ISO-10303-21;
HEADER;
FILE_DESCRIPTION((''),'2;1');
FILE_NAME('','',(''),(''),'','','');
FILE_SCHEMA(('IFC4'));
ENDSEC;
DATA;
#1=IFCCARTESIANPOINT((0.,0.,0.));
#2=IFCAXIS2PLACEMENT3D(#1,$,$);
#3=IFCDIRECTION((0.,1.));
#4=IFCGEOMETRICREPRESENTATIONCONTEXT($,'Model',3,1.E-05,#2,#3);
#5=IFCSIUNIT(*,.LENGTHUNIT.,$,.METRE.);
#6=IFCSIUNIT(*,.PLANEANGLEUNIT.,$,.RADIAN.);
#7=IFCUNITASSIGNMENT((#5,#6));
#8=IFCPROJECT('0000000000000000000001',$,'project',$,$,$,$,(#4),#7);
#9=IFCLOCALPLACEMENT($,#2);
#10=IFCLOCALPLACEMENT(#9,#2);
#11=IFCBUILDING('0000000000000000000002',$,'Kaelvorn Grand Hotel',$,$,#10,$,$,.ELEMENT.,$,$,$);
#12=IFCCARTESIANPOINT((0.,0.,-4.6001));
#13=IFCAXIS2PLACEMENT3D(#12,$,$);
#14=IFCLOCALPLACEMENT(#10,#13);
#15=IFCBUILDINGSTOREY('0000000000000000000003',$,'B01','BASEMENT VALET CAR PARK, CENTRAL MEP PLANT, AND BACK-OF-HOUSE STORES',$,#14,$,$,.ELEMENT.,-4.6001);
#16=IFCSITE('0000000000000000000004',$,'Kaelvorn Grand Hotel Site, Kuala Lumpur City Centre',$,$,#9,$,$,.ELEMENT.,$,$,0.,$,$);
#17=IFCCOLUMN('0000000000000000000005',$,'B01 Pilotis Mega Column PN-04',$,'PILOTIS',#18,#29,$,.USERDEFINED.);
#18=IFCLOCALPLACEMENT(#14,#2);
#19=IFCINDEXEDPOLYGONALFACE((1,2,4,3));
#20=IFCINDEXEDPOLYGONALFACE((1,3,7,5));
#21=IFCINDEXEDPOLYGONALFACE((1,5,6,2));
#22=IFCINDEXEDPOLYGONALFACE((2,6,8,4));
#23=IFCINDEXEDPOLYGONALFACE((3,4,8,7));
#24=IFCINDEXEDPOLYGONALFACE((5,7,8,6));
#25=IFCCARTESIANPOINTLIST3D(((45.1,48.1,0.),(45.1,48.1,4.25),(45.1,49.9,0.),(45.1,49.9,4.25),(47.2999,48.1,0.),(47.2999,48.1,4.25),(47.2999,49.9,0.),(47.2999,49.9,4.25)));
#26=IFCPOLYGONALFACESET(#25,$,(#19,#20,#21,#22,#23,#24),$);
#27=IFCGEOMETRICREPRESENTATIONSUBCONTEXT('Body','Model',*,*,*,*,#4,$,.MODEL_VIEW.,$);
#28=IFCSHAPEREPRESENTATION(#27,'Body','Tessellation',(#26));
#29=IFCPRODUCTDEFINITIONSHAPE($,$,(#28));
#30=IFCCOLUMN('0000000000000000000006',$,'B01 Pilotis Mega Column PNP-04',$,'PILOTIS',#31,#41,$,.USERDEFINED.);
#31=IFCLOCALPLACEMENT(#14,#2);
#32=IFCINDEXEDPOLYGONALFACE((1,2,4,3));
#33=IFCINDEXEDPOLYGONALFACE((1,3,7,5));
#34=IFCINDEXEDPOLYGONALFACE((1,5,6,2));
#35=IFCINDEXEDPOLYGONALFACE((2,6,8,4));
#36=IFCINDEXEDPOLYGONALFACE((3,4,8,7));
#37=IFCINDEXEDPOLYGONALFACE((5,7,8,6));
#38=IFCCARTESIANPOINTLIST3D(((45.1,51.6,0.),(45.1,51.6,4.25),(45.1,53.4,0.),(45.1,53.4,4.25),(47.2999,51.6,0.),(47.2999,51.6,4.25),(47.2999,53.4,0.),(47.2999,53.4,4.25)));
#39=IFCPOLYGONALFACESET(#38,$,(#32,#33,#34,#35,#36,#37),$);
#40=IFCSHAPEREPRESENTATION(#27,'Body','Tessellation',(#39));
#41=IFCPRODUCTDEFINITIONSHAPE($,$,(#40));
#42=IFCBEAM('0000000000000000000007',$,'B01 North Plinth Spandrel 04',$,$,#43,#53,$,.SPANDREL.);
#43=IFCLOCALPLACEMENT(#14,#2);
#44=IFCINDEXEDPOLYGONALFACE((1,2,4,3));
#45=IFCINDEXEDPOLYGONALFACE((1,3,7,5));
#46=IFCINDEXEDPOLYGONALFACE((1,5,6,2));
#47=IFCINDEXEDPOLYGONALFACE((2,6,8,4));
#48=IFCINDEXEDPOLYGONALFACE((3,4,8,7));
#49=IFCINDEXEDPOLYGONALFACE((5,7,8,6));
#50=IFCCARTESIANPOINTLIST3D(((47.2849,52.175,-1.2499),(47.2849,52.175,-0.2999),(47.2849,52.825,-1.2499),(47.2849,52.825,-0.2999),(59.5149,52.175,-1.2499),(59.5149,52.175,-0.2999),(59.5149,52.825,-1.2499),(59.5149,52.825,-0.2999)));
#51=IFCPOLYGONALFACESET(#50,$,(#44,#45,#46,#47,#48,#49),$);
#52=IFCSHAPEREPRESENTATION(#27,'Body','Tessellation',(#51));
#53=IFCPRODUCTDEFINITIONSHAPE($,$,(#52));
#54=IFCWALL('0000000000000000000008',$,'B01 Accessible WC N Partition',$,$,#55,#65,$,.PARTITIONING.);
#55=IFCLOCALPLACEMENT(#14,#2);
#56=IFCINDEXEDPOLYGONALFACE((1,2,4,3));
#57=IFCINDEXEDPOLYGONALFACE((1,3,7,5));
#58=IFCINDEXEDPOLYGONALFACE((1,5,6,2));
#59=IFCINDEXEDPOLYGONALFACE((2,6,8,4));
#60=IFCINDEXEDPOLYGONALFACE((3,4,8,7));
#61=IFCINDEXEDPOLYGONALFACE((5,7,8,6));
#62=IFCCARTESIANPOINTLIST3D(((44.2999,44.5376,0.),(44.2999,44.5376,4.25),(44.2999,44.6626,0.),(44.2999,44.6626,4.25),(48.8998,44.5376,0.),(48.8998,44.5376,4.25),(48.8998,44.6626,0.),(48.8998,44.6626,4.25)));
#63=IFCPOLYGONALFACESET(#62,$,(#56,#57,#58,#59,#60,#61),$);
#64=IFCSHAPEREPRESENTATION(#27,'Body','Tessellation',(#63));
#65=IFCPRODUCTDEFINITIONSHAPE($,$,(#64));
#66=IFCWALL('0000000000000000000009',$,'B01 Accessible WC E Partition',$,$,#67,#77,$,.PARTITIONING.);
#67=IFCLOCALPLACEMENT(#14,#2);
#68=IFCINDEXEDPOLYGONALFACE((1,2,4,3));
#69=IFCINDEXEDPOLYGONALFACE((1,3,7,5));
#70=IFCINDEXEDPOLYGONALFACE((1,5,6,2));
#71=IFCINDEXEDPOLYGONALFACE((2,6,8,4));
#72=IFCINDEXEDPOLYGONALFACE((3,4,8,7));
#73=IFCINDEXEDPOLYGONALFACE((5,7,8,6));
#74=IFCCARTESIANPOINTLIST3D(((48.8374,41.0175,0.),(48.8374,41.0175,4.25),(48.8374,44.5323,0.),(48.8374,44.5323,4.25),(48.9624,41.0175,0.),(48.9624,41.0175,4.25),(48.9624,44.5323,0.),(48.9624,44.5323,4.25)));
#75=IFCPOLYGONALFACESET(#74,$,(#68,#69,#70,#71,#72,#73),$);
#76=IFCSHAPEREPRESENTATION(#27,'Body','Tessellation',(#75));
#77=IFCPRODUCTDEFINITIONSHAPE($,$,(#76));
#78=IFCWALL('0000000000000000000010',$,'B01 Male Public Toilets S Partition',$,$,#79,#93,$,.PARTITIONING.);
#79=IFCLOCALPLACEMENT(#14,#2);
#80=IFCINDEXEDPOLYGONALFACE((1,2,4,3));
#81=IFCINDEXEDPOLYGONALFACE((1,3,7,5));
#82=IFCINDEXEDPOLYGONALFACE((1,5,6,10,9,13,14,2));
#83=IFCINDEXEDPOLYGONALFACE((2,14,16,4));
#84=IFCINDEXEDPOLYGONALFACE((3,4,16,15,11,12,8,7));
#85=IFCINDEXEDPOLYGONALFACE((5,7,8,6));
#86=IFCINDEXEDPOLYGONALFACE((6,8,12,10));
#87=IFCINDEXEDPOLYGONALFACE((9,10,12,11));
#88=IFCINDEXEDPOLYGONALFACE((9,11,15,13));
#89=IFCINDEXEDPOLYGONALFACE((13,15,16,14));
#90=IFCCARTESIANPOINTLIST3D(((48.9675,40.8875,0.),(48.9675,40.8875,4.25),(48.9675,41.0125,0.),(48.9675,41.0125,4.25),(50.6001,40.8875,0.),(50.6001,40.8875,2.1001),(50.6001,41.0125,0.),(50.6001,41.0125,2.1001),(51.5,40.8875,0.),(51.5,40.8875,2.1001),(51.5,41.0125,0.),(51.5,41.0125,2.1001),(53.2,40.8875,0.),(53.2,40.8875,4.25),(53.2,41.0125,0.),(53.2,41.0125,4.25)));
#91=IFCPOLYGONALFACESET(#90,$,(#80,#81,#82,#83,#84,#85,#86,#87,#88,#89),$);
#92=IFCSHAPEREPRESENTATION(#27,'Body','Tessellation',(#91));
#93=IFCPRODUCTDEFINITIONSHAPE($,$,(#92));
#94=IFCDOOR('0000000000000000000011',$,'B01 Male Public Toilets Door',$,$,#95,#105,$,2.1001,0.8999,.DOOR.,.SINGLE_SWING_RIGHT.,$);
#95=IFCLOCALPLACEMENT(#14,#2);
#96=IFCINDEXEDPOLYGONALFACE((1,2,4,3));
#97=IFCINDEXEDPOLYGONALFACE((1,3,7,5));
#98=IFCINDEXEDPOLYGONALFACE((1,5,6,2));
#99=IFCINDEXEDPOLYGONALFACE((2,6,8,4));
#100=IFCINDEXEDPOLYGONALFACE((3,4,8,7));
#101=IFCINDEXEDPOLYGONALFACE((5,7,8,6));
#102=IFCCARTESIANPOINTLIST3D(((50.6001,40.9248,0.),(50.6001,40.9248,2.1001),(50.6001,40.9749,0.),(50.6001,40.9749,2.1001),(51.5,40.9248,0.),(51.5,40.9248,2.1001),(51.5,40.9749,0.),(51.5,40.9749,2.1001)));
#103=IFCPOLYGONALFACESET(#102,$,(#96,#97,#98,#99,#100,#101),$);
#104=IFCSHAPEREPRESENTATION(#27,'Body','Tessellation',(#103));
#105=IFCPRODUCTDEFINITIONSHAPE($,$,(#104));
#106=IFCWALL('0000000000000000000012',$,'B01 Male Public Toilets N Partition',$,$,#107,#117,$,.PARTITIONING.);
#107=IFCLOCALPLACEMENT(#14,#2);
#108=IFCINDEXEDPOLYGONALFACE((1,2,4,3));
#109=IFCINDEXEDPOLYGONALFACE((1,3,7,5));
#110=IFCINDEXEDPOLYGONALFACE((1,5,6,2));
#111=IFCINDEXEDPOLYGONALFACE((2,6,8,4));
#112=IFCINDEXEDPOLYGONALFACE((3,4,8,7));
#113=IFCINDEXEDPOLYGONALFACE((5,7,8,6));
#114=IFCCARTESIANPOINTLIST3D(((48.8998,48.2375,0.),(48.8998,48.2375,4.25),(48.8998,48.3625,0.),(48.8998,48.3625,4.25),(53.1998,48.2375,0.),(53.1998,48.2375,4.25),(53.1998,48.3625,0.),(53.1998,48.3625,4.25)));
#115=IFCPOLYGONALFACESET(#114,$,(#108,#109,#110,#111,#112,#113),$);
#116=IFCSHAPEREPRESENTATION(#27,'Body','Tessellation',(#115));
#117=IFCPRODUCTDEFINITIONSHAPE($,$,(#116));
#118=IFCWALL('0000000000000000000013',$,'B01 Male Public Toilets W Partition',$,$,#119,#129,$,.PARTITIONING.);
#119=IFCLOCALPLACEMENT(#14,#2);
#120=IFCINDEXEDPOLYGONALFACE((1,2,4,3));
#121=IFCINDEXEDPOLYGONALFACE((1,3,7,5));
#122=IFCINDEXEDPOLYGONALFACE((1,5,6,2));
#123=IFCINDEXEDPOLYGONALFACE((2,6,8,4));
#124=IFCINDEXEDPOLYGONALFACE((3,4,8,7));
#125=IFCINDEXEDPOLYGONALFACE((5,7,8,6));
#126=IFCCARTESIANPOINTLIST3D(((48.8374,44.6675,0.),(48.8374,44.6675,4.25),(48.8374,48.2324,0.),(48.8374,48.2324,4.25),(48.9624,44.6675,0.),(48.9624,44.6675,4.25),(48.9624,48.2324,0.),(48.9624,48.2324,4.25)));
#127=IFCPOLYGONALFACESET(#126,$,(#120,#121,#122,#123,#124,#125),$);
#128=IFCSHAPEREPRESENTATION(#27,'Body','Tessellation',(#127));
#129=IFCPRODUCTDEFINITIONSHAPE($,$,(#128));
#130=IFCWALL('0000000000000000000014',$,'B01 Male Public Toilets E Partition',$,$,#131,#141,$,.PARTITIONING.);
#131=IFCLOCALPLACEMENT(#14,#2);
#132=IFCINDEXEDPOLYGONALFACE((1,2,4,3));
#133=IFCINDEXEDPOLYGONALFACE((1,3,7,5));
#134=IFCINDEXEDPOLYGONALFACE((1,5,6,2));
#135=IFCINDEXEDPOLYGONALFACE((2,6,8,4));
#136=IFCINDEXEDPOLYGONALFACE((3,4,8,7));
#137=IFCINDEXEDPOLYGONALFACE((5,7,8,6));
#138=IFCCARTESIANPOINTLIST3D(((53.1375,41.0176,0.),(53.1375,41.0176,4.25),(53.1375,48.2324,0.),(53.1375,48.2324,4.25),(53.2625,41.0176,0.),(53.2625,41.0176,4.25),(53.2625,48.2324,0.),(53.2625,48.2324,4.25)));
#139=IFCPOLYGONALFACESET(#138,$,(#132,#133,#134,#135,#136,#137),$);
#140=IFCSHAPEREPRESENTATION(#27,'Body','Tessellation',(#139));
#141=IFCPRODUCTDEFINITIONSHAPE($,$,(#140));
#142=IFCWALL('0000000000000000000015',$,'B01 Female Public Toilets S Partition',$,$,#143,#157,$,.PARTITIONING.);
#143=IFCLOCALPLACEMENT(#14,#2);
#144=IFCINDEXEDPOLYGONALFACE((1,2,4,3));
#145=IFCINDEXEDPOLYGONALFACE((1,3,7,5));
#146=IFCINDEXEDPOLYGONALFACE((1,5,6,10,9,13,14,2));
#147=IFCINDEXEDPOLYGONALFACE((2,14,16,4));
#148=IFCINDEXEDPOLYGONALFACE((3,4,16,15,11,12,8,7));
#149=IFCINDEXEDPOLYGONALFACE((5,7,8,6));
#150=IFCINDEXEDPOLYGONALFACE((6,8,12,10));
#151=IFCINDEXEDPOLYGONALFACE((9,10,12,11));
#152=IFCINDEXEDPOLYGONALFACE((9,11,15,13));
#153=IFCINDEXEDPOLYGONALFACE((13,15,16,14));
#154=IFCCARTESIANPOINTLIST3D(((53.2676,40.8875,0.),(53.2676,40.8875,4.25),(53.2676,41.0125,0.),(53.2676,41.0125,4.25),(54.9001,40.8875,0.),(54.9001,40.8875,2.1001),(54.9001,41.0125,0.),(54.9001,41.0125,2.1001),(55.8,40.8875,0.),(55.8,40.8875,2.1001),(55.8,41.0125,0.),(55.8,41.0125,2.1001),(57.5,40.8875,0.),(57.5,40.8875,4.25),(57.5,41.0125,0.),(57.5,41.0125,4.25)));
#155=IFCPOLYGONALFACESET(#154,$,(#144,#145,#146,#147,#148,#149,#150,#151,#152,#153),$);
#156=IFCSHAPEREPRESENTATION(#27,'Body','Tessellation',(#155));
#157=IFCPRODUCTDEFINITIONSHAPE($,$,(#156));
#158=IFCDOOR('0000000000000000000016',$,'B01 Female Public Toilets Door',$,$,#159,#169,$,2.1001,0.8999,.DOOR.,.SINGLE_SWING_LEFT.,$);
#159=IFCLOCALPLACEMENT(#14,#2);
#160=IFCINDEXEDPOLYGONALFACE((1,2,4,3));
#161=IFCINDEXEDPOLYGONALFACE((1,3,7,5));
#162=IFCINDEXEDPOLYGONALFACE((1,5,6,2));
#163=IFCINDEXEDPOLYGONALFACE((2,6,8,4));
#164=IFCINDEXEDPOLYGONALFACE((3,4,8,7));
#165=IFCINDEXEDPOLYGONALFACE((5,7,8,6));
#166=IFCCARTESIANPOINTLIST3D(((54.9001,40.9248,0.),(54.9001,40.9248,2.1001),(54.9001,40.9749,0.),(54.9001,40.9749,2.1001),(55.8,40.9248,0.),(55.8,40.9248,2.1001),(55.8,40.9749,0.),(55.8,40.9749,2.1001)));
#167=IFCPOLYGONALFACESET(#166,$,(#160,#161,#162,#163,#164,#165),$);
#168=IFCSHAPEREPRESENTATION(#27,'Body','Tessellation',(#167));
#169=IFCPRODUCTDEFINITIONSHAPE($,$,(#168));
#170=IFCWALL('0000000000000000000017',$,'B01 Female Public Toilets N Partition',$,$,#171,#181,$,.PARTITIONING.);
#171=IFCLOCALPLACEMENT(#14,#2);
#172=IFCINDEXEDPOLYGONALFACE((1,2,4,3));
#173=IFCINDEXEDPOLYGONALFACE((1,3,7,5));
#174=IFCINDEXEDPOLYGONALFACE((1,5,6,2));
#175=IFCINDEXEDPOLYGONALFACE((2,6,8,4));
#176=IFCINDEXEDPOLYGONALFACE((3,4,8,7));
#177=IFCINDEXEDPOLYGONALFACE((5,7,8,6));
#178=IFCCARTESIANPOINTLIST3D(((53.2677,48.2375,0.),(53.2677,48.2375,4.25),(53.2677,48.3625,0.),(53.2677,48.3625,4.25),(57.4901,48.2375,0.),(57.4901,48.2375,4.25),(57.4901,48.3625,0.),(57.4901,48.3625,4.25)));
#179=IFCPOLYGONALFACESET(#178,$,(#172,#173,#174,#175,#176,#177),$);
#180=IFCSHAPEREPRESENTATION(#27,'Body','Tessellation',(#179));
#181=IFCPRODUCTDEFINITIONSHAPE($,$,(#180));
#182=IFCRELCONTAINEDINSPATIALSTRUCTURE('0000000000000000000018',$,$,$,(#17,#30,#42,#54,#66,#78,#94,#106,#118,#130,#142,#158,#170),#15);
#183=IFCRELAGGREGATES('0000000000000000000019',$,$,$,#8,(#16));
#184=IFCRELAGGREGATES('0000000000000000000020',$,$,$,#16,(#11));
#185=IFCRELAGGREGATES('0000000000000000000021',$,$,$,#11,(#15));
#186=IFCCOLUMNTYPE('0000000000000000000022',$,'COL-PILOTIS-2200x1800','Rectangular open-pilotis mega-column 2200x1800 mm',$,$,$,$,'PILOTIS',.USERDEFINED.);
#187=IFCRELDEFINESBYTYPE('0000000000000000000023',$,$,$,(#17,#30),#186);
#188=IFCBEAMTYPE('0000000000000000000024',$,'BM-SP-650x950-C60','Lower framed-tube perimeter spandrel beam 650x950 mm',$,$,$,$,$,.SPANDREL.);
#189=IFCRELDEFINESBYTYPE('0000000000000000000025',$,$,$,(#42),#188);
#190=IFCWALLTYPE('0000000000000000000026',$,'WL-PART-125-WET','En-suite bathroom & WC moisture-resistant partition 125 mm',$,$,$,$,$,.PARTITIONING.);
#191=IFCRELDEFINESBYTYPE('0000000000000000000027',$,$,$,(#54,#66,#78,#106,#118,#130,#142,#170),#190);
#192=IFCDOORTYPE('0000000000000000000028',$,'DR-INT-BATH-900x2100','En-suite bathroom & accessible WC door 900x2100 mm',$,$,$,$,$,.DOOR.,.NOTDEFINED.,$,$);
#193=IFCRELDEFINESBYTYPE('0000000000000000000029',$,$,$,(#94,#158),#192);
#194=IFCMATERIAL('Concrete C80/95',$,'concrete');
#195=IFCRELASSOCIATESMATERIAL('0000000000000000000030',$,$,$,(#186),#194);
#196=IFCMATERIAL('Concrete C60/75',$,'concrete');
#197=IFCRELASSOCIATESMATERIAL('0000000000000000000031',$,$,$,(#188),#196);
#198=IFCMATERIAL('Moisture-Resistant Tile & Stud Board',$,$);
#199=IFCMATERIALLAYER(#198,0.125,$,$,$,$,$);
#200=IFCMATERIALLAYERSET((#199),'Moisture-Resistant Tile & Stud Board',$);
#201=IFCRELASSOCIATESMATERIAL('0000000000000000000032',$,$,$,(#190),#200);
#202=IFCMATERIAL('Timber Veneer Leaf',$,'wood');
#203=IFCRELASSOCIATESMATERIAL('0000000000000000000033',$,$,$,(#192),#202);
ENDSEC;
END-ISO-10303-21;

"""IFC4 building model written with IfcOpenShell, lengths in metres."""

from ifc_helpers import new_model, si_unit, direction, frame, frame_2d, origin, origin_2d, place, context, subcontext, project, spatial, rectangle, extrude, material, layer, layer_set, material_profile, profile_set, type_object, element, fill, save


model = new_model("IFC4")

# Units and contexts
model_context = context("Model", 3, precision=1e-05, world=origin(), true_north=direction((0.0, 1.0)))
body_context = subcontext(model_context, "Body", "Model", "MODEL_VIEW")
ifc_project = project(units=[si_unit("LENGTHUNIT", "METRE"), si_unit("PLANEANGLEUNIT", "RADIAN")], contexts=[model_context])

# Site, building, storey
site_placement = place(None, origin())
site = spatial("IfcSite", under=ifc_project, at=site_placement, Name="Kaelvorn Grand Hotel Site, Kuala Lumpur City Centre", CompositionType="ELEMENT", RefElevation=0.0)
building_placement = place(site_placement, origin())
building = spatial("IfcBuilding", under=site, at=building_placement, Name="Kaelvorn Grand Hotel", CompositionType="ELEMENT")
storey_placement = place(building_placement, frame((0.0, 0.0, -4.6001)))
storey = spatial("IfcBuildingStorey", under=building, at=storey_placement, Name="B01", Description="BASEMENT VALET CAR PARK, CENTRAL MEP PLANT, AND BACK-OF-HOUSE STORES", CompositionType="ELEMENT", Elevation=-4.6001)

# Columns
ifc_material_1 = material(Name="Concrete C80/95", Category="concrete")
ifc_material_profile_1 = material_profile(ifc_material_1, rectangle(XDim=2.2, YDim=1.8, at=origin_2d()), Name="PILOTIS 2200x1800")
ifc_profile_set_1 = profile_set([ifc_material_profile_1], Name="Concrete C80/95")
column_type = type_object("IfcColumnType", Name="COL-PILOTIS-2200x1800", Description="Rectangular open-pilotis mega-column 2200x1800 mm", ElementType="PILOTIS", PredefinedType="USERDEFINED", material=ifc_profile_set_1)
for number, where, z_axis, x_axis, name in (
    (1, (46.2, 49.0, 0.0), (0.0, 0.0, 1.0), (1.0, 0.0, 0.0), "B01 Pilotis Mega Column PN-04"),
    (2, (46.2, 52.5, 0.0), (0.0, 0.0, 1.0), (1.0, 0.0, 0.0), "B01 Pilotis Mega Column PNP-04"),
):
    element("IfcColumn", number, at=place(storey_placement, frame(where, z_axis=z_axis, x_axis=x_axis)), inside=storey, type_object=column_type, Name=name, ObjectType="PILOTIS", PredefinedType="USERDEFINED", context=body_context, shape_type="SweptSolid", body=[
        extrude(rectangle(XDim=2.2, YDim=1.8, at=origin_2d()), origin(), (0.0, 0.0, 1.0), 4.25),
    ])

# Beam
ifc_material_2 = material(Name="Concrete C60/75", Category="concrete")
ifc_material_profile_2 = material_profile(ifc_material_2, rectangle(XDim=0.6499, YDim=0.95, at=origin_2d()), Name="RC SPANDREL 650x950")
ifc_profile_set_2 = profile_set([ifc_material_profile_2], Name="Concrete C60/75")
beam_type = type_object("IfcBeamType", Name="BM-SP-650x950-C60", Description="Lower framed-tube perimeter spandrel beam 650x950 mm", PredefinedType="SPANDREL", material=ifc_profile_set_2)
beam_placement = place(storey_placement, frame((47.2849, 52.5, -0.7749), z_axis=(1.0, 0.0, 0.0), x_axis=(0.0, 1.0, 0.0)))
element("IfcBeam", 3, at=beam_placement, inside=storey, type_object=beam_type, Name="B01 North Plinth Spandrel 04", PredefinedType="SPANDREL", context=body_context, shape_type="SweptSolid", body=[
    extrude(rectangle(XDim=0.6499, YDim=0.95, at=origin_2d()), origin(), (0.0, 0.0, 1.0), 12.23),
])

# Walls
ifc_material_3 = material(Name="Moisture-Resistant Tile & Stud Board")
ifc_layer_1 = layer(ifc_material_3, 0.125)
ifc_layer_set_1 = layer_set([ifc_layer_1], Name="Moisture-Resistant Tile & Stud Board")
wall_type_1 = type_object("IfcWallType", Name="WL-PART-125-WET", Description="En-suite bathroom & WC moisture-resistant partition 125 mm", PredefinedType="PARTITIONING", material=ifc_layer_set_1)
wall_1_placement = place(storey_placement, frame((44.3, 44.6001, 0.0), z_axis=(0.0, 0.0, 1.0), x_axis=(1.0, 0.0, 0.0)))
element("IfcWall", 4, at=wall_1_placement, inside=storey, type_object=wall_type_1, Name="B01 Accessible WC N Partition", PredefinedType="PARTITIONING", context=body_context, shape_type="SweptSolid", body=[
    extrude(rectangle(XDim=4.5999, YDim=0.125, at=frame_2d((2.2998, 0.0))), origin(), (0.0, 0.0, 1.0), 4.25),
])
wall_2_placement = place(storey_placement, frame((48.8999, 41.0176, 0.0), z_axis=(0.0, 0.0, 1.0), x_axis=(0.0, 1.0, 0.0)))
element("IfcWall", 5, at=wall_2_placement, inside=storey, type_object=wall_type_1, Name="B01 Accessible WC E Partition", PredefinedType="PARTITIONING", context=body_context, shape_type="SweptSolid", body=[
    extrude(rectangle(XDim=3.5149, YDim=0.125, at=frame_2d((1.7573, 0.0))), origin(), (0.0, 0.0, 1.0), 4.25),
])

# Wall, opening, door
wall_3_placement = place(storey_placement, frame((48.9675, 40.95, 0.0), z_axis=(0.0, 0.0, 1.0), x_axis=(1.0, 0.0, 0.0)))
wall_3 = element("IfcWall", 6, at=wall_3_placement, inside=storey, type_object=wall_type_1, Name="B01 Male Public Toilets S Partition", PredefinedType="PARTITIONING", context=body_context, shape_type="SweptSolid", body=[
    extrude(rectangle(XDim=4.2324, YDim=0.125, at=frame_2d((2.1162, 0.0))), origin(), (0.0, 0.0, 1.0), 4.25),
])
opening_1_placement = place(wall_3_placement, frame((1.6326, 0.0, 0.0)))
opening_1 = element("IfcOpeningElement", 7, at=opening_1_placement, cuts=wall_3, PredefinedType="OPENING", context=body_context, shape_type="SweptSolid", body=[
    extrude(rectangle(XDim=0.8999, YDim=2.1001, at=frame_2d((0.45, 1.05))), frame((0.0, 0.0725, 0.0), z_axis=(0.0, -1.0, 0.0), x_axis=(1.0, 0.0, 0.0)), (0.0, 0.0, 1.0), 0.145),
])
ifc_material_4 = material(Name="Timber Veneer Leaf", Category="wood")
door_type_1 = type_object("IfcDoorType", Name="DR-INT-BATH-900x2100", Description="En-suite bathroom & accessible WC door 900x2100 mm", OperationType="NOTDEFINED", PredefinedType="DOOR", material=ifc_material_4)
door_1_placement = place(opening_1_placement, origin())
door_1 = element("IfcDoor", 8, at=door_1_placement, inside=storey, type_object=door_type_1, Name="B01 Male Public Toilets Door", OperationType="SINGLE_SWING_RIGHT", OverallHeight=2.1001, OverallWidth=0.8999, PredefinedType="DOOR", context=body_context, shape_type="SweptSolid", body=[
    extrude(rectangle(XDim=0.8999, YDim=2.1001, at=frame_2d((0.45, 1.05))), frame((0.0, 0.0249, 0.0), z_axis=(0.0, -1.0, 0.0), x_axis=(1.0, 0.0, 0.0)), (0.0, 0.0, 1.0), 0.05),
])
fill(opening_1, door_1)

# Walls
wall_4_placement = place(storey_placement, frame((48.8999, 48.3, 0.0), z_axis=(0.0, 0.0, 1.0), x_axis=(1.0, 0.0, 0.0)))
element("IfcWall", 9, at=wall_4_placement, inside=storey, type_object=wall_type_1, Name="B01 Male Public Toilets N Partition", PredefinedType="PARTITIONING", context=body_context, shape_type="SweptSolid", body=[
    extrude(rectangle(XDim=4.3, YDim=0.125, at=frame_2d((2.1499, 0.0))), origin(), (0.0, 0.0, 1.0), 4.25),
])
wall_5_placement = place(storey_placement, frame((48.8999, 44.6675, 0.0), z_axis=(0.0, 0.0, 1.0), x_axis=(0.0, 1.0, 0.0)))
element("IfcWall", 10, at=wall_5_placement, inside=storey, type_object=wall_type_1, Name="B01 Male Public Toilets W Partition", PredefinedType="PARTITIONING", context=body_context, shape_type="SweptSolid", body=[
    extrude(rectangle(XDim=3.5649, YDim=0.125, at=frame_2d((1.7825, 0.0))), origin(), (0.0, 0.0, 1.0), 4.25),
])
wall_6_placement = place(storey_placement, frame((53.2, 41.0176, 0.0), z_axis=(0.0, 0.0, 1.0), x_axis=(0.0, 1.0, 0.0)))
element("IfcWall", 11, at=wall_6_placement, inside=storey, type_object=wall_type_1, Name="B01 Male Public Toilets E Partition", PredefinedType="PARTITIONING", context=body_context, shape_type="SweptSolid", body=[
    extrude(rectangle(XDim=7.2148, YDim=0.125, at=frame_2d((3.6074, 0.0))), origin(), (0.0, 0.0, 1.0), 4.25),
])

# Wall, opening, door
wall_7_placement = place(storey_placement, frame((53.2676, 40.95, 0.0), z_axis=(0.0, 0.0, 1.0), x_axis=(1.0, 0.0, 0.0)))
wall_7 = element("IfcWall", 12, at=wall_7_placement, inside=storey, type_object=wall_type_1, Name="B01 Female Public Toilets S Partition", PredefinedType="PARTITIONING", context=body_context, shape_type="SweptSolid", body=[
    extrude(rectangle(XDim=4.2324, YDim=0.125, at=frame_2d((2.1162, 0.0))), origin(), (0.0, 0.0, 1.0), 4.25),
])
opening_2_placement = place(wall_7_placement, frame((1.6326, 0.0, 0.0)))
opening_2 = element("IfcOpeningElement", 13, at=opening_2_placement, cuts=wall_7, PredefinedType="OPENING", context=body_context, shape_type="SweptSolid", body=[
    extrude(rectangle(XDim=0.8999, YDim=2.1001, at=frame_2d((0.45, 1.05))), frame((0.0, 0.0725, 0.0), z_axis=(0.0, -1.0, 0.0), x_axis=(1.0, 0.0, 0.0)), (0.0, 0.0, 1.0), 0.145),
])
door_2_placement = place(opening_2_placement, origin())
door_2 = element("IfcDoor", 14, at=door_2_placement, inside=storey, type_object=door_type_1, Name="B01 Female Public Toilets Door", OperationType="SINGLE_SWING_LEFT", OverallHeight=2.1001, OverallWidth=0.8999, PredefinedType="DOOR", context=body_context, shape_type="SweptSolid", body=[
    extrude(rectangle(XDim=0.8999, YDim=2.1001, at=frame_2d((0.45, 1.05))), frame((0.0, 0.0249, 0.0), z_axis=(0.0, -1.0, 0.0), x_axis=(1.0, 0.0, 0.0)), (0.0, 0.0, 1.0), 0.05),
])
fill(opening_2, door_2)

# Wall
wall_8_placement = place(storey_placement, frame((53.2676, 48.3, 0.0), z_axis=(0.0, 0.0, 1.0), x_axis=(1.0, 0.0, 0.0)))
element("IfcWall", 15, at=wall_8_placement, inside=storey, type_object=wall_type_1, Name="B01 Female Public Toilets N Partition", PredefinedType="PARTITIONING", context=body_context, shape_type="SweptSolid", body=[
    extrude(rectangle(XDim=4.2224, YDim=0.125, at=frame_2d((2.1113, 0.0))), origin(), (0.0, 0.0, 1.0), 4.25),
])

save(model, "model.ifc")
